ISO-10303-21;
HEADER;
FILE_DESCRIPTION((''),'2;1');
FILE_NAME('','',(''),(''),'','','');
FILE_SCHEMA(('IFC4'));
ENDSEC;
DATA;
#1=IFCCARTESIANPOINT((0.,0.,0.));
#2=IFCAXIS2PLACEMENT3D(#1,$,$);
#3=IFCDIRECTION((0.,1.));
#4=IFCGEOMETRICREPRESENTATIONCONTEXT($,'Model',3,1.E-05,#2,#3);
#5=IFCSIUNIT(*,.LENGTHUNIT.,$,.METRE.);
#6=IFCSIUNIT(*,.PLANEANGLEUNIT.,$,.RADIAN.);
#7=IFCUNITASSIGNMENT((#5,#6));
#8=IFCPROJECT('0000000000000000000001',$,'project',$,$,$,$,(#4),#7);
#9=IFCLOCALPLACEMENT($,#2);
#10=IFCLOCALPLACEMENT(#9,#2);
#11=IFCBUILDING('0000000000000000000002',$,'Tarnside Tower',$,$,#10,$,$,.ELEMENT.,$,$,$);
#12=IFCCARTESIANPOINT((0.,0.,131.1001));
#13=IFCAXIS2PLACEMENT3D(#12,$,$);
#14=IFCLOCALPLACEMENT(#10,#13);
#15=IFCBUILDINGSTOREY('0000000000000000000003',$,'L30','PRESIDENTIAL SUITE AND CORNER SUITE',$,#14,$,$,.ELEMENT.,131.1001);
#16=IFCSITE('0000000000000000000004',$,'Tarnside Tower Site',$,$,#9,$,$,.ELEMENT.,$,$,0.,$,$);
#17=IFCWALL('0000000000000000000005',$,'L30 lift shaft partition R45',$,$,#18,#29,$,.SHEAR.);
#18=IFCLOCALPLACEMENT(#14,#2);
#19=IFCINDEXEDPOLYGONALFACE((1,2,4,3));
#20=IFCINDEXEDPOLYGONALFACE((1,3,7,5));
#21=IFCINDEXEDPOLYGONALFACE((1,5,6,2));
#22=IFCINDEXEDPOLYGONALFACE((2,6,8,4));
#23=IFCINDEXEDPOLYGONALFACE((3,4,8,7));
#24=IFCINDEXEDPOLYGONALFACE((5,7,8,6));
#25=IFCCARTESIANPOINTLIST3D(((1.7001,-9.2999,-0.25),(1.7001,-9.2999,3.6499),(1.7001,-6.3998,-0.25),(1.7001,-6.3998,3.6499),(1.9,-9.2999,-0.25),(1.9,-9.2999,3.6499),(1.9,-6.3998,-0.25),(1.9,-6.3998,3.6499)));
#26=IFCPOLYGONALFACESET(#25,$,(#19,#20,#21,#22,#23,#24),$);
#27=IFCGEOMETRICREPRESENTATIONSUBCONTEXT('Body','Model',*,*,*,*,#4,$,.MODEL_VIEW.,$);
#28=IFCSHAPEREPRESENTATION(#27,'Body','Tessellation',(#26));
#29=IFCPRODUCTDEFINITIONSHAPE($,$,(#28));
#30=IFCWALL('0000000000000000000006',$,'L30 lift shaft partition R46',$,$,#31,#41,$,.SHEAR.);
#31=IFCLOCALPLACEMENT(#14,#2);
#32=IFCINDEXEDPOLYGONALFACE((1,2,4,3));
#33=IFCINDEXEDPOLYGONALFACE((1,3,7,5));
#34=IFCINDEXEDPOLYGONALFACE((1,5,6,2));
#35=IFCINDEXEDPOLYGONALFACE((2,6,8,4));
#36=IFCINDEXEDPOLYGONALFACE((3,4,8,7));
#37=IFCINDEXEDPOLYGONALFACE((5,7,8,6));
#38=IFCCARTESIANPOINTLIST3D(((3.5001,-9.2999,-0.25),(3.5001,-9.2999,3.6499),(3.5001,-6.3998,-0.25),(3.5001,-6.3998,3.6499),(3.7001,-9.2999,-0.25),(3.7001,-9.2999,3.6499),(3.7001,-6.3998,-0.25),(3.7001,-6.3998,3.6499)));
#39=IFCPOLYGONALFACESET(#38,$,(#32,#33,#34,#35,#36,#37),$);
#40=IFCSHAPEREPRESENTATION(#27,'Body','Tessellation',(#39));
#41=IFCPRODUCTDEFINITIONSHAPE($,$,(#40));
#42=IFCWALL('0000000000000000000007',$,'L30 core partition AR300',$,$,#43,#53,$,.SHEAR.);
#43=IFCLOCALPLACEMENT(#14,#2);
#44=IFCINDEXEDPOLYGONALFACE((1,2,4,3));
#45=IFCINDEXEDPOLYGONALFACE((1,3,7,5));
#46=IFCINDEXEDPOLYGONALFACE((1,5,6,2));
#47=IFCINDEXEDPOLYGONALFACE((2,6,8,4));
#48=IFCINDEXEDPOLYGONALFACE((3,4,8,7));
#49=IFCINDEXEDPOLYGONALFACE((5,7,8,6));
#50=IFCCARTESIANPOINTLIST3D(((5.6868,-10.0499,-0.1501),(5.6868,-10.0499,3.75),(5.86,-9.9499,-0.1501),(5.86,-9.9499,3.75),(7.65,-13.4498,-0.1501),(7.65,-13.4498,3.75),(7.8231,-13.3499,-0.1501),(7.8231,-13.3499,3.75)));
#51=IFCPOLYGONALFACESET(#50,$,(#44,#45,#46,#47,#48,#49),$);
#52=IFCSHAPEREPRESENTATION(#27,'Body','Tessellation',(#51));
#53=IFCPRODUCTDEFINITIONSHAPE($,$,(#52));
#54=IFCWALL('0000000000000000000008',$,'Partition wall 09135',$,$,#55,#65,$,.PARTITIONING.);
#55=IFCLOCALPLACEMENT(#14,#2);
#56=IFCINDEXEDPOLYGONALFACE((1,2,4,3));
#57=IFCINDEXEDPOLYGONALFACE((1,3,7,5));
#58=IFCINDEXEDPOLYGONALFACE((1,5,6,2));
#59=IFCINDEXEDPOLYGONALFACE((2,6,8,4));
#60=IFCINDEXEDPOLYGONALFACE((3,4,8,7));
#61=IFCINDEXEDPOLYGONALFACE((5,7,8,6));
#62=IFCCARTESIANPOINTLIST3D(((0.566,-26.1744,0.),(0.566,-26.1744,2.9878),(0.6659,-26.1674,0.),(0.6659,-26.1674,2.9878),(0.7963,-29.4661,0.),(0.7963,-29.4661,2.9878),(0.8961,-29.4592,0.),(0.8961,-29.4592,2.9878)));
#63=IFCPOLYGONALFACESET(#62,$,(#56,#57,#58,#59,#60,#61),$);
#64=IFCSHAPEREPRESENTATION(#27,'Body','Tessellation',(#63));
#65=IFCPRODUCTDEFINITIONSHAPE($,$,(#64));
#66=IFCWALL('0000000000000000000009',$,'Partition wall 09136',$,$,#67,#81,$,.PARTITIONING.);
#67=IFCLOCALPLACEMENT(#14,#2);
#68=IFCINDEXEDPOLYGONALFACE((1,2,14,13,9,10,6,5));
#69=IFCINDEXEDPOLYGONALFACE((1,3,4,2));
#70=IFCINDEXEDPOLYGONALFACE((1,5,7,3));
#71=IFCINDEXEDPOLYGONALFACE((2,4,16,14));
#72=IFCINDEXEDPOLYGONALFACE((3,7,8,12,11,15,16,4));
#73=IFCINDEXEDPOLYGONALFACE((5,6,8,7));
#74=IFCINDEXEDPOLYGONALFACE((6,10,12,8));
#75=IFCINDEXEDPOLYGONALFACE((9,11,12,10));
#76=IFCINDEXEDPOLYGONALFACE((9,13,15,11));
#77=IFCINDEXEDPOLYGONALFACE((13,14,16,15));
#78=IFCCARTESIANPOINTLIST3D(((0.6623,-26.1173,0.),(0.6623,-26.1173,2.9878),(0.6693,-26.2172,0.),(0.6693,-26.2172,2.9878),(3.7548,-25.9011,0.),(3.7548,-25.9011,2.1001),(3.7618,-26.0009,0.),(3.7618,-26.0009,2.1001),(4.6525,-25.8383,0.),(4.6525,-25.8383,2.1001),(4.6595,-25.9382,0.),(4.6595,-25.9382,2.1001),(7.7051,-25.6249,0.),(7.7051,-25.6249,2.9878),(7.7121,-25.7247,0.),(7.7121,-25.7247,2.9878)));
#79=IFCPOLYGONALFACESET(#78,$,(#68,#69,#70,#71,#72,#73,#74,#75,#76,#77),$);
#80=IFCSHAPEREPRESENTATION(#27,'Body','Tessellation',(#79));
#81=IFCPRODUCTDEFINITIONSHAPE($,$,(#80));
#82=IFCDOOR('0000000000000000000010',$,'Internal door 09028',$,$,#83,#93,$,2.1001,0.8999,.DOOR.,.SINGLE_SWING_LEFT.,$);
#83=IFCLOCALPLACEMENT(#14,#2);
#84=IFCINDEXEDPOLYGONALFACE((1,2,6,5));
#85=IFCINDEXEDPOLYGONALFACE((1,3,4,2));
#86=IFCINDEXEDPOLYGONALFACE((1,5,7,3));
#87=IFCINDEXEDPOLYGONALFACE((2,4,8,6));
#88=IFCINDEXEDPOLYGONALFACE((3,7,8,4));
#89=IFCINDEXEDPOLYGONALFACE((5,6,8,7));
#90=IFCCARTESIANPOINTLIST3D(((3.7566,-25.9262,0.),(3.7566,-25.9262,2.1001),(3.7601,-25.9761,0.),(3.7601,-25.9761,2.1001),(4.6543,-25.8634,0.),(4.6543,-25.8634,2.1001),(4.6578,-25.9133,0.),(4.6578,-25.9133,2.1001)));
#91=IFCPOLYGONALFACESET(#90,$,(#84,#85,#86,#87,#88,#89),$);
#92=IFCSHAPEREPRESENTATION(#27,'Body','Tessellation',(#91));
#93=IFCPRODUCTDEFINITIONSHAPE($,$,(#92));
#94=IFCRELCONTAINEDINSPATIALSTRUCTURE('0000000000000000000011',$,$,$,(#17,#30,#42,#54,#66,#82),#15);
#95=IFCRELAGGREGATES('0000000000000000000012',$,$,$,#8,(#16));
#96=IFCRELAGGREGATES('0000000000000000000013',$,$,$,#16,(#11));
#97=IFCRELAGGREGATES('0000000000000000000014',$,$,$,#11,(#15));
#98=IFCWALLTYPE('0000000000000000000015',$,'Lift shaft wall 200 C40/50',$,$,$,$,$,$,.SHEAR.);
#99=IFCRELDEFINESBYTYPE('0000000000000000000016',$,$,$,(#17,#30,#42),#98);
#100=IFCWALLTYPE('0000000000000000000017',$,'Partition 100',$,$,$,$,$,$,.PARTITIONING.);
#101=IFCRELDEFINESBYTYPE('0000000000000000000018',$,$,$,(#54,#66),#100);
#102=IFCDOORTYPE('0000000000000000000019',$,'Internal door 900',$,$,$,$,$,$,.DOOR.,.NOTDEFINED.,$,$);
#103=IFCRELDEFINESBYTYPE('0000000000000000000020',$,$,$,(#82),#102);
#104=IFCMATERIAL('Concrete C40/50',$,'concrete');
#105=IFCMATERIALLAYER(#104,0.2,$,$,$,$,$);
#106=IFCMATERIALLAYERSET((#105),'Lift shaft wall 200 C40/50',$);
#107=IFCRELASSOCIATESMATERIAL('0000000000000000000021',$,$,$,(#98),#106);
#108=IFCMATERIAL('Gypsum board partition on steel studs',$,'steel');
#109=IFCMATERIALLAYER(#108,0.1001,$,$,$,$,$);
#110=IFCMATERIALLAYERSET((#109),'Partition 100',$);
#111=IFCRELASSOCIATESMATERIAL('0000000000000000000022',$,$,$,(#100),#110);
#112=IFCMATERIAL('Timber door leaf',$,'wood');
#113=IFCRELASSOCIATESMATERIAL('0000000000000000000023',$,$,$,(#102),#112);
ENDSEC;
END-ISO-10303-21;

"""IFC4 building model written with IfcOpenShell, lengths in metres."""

from ifc_helpers import new_model, si_unit, direction, frame, frame_2d, origin, place, context, subcontext, project, spatial, rectangle, extrude, material, layer, layer_set, type_object, element, fill, save


model = new_model("IFC4")

# Units and contexts
model_context = context("Model", 3, precision=1e-05, world=origin(), true_north=direction((0.0, 1.0)))
body_context = subcontext(model_context, "Body", "Model", "MODEL_VIEW")
ifc_project = project(units=[si_unit("LENGTHUNIT", "METRE"), si_unit("PLANEANGLEUNIT", "RADIAN")], contexts=[model_context])

# Site, building, storey
site_placement = place(None, origin())
site = spatial("IfcSite", under=ifc_project, at=site_placement, Name="Tarnside Tower Site", CompositionType="ELEMENT", RefElevation=0.0)
building_placement = place(site_placement, origin())
building = spatial("IfcBuilding", under=site, at=building_placement, Name="Tarnside Tower", CompositionType="ELEMENT")
storey_placement = place(building_placement, frame((0.0, 0.0, 131.1001)))
storey = spatial("IfcBuildingStorey", under=building, at=storey_placement, Name="L30", Description="PRESIDENTIAL SUITE AND CORNER SUITE", CompositionType="ELEMENT", Elevation=131.1001)

# Shared definitions
ifc_material_1 = material(Name="Gypsum board partition on steel studs", Category="steel")

# Shared definitions
ifc_material_2 = material(Name="Timber door leaf", Category="wood")

# Walls
ifc_material_3 = material(Name="Concrete C40/50", Category="concrete")
ifc_layer_1 = layer(ifc_material_3, 0.2)
ifc_layer_set_1 = layer_set([ifc_layer_1], Name="Lift shaft wall 200 C40/50")
wall_type_1 = type_object("IfcWallType", Name="Lift shaft wall 200 C40/50", PredefinedType="SHEAR", material=ifc_layer_set_1)
for number, where, z_axis, x_axis, name in (
    (1, (1.8, -9.3, -0.25), (0.0, 0.0, 1.0), (0.0, 1.0, 0.0), "L30 lift shaft partition R45"),
    (2, (3.6001, -9.3, -0.25), (0.0, 0.0, 1.0), (0.0, 1.0, 0.0), "L30 lift shaft partition R46"),
):
    element("IfcWall", number, at=place(storey_placement, frame(where, z_axis=z_axis, x_axis=x_axis)), inside=storey, type_object=wall_type_1, Name=name, PredefinedType="SHEAR", context=body_context, shape_type="SweptSolid", body=[
        extrude(rectangle(XDim=2.9001, YDim=0.2, at=frame_2d((1.4502, 0.0))), origin(), (0.0, 0.0, 1.0), 3.8999),
    ])
wall_1_placement = place(storey_placement, frame((5.7734, -10.0, -0.1501), z_axis=(0.0, 0.0, 1.0), x_axis=(0.500038, -0.866003, 0.0)))
element("IfcWall", 3, at=wall_1_placement, inside=storey, type_object=wall_type_1, Name="L30 core partition AR300", PredefinedType="SHEAR", context=body_context, shape_type="SweptSolid", body=[
    extrude(rectangle(XDim=3.926, YDim=0.2, at=frame_2d((1.9629, 0.0))), origin(), (0.0, 0.0, 1.0), 3.9001),
])
ifc_layer_2 = layer(ifc_material_1, 0.1001)
ifc_layer_set_2 = layer_set([ifc_layer_2], Name="Partition 100")
wall_type_2 = type_object("IfcWallType", Name="Partition 100", PredefinedType="PARTITIONING", material=ifc_layer_set_2)
wall_2_placement = place(storey_placement, frame((0.8462, -29.4626, 0.0), z_axis=(0.0, 0.0, 1.0), x_axis=(-0.069769, 0.997563, 0.0)))
element("IfcWall", 4, at=wall_2_placement, inside=storey, type_object=wall_type_2, Name="Partition wall 09135", PredefinedType="PARTITIONING", context=body_context, shape_type="SweptSolid", body=[
    extrude(rectangle(XDim=3.2998, YDim=0.1001, at=frame_2d((1.6499, 0.0))), origin(), (0.0, 0.0, 1.0), 2.9878),
])

# Wall, opening, door
wall_3_placement = place(storey_placement, frame((0.6658, -26.1672, 0.0), z_axis=(0.0, 0.0, 1.0), x_axis=(0.997565, 0.069748, 0.0)))
wall_3 = element("IfcWall", 5, at=wall_3_placement, inside=storey, type_object=wall_type_2, Name="Partition wall 09136", PredefinedType="PARTITIONING", context=body_context, shape_type="SweptSolid", body=[
    extrude(rectangle(XDim=7.0601, YDim=0.1001, at=frame_2d((3.53, 0.0))), origin(), (0.0, 0.0, 1.0), 2.9878),
])
opening_1_placement = place(wall_3_placement, frame((3.1001, 0.0, 0.0)))
opening_1 = element("IfcOpeningElement", 6, at=opening_1_placement, cuts=wall_3, PredefinedType="OPENING", context=body_context, shape_type="SweptSolid", body=[
    extrude(rectangle(XDim=0.8999, YDim=2.1001, at=frame_2d((0.45, 1.05))), frame((0.0, 0.0601, 0.0), z_axis=(0.0, -1.0, 0.0), x_axis=(1.0, 0.0, 0.0)), (0.0, 0.0, 1.0), 0.1201),
])
door_type_1 = type_object("IfcDoorType", Name="Internal door 900", OperationType="NOTDEFINED", PredefinedType="DOOR", material=ifc_material_2)
door_1_placement = place(opening_1_placement, origin())
door_1 = element("IfcDoor", 7, at=door_1_placement, inside=storey, type_object=door_type_1, Name="Internal door 09028", OperationType="SINGLE_SWING_LEFT", OverallHeight=2.1001, OverallWidth=0.8999, PredefinedType="DOOR", context=body_context, shape_type="SweptSolid", body=[
    extrude(rectangle(XDim=0.8999, YDim=2.1001, at=frame_2d((0.45, 1.05))), frame((0.0, 0.0249, 0.0), z_axis=(0.0, -1.0, 0.0), x_axis=(1.0, 0.0, 0.0)), (0.0, 0.0, 1.0), 0.05),
])
fill(opening_1, door_1)

save(model, "model.ifc")
